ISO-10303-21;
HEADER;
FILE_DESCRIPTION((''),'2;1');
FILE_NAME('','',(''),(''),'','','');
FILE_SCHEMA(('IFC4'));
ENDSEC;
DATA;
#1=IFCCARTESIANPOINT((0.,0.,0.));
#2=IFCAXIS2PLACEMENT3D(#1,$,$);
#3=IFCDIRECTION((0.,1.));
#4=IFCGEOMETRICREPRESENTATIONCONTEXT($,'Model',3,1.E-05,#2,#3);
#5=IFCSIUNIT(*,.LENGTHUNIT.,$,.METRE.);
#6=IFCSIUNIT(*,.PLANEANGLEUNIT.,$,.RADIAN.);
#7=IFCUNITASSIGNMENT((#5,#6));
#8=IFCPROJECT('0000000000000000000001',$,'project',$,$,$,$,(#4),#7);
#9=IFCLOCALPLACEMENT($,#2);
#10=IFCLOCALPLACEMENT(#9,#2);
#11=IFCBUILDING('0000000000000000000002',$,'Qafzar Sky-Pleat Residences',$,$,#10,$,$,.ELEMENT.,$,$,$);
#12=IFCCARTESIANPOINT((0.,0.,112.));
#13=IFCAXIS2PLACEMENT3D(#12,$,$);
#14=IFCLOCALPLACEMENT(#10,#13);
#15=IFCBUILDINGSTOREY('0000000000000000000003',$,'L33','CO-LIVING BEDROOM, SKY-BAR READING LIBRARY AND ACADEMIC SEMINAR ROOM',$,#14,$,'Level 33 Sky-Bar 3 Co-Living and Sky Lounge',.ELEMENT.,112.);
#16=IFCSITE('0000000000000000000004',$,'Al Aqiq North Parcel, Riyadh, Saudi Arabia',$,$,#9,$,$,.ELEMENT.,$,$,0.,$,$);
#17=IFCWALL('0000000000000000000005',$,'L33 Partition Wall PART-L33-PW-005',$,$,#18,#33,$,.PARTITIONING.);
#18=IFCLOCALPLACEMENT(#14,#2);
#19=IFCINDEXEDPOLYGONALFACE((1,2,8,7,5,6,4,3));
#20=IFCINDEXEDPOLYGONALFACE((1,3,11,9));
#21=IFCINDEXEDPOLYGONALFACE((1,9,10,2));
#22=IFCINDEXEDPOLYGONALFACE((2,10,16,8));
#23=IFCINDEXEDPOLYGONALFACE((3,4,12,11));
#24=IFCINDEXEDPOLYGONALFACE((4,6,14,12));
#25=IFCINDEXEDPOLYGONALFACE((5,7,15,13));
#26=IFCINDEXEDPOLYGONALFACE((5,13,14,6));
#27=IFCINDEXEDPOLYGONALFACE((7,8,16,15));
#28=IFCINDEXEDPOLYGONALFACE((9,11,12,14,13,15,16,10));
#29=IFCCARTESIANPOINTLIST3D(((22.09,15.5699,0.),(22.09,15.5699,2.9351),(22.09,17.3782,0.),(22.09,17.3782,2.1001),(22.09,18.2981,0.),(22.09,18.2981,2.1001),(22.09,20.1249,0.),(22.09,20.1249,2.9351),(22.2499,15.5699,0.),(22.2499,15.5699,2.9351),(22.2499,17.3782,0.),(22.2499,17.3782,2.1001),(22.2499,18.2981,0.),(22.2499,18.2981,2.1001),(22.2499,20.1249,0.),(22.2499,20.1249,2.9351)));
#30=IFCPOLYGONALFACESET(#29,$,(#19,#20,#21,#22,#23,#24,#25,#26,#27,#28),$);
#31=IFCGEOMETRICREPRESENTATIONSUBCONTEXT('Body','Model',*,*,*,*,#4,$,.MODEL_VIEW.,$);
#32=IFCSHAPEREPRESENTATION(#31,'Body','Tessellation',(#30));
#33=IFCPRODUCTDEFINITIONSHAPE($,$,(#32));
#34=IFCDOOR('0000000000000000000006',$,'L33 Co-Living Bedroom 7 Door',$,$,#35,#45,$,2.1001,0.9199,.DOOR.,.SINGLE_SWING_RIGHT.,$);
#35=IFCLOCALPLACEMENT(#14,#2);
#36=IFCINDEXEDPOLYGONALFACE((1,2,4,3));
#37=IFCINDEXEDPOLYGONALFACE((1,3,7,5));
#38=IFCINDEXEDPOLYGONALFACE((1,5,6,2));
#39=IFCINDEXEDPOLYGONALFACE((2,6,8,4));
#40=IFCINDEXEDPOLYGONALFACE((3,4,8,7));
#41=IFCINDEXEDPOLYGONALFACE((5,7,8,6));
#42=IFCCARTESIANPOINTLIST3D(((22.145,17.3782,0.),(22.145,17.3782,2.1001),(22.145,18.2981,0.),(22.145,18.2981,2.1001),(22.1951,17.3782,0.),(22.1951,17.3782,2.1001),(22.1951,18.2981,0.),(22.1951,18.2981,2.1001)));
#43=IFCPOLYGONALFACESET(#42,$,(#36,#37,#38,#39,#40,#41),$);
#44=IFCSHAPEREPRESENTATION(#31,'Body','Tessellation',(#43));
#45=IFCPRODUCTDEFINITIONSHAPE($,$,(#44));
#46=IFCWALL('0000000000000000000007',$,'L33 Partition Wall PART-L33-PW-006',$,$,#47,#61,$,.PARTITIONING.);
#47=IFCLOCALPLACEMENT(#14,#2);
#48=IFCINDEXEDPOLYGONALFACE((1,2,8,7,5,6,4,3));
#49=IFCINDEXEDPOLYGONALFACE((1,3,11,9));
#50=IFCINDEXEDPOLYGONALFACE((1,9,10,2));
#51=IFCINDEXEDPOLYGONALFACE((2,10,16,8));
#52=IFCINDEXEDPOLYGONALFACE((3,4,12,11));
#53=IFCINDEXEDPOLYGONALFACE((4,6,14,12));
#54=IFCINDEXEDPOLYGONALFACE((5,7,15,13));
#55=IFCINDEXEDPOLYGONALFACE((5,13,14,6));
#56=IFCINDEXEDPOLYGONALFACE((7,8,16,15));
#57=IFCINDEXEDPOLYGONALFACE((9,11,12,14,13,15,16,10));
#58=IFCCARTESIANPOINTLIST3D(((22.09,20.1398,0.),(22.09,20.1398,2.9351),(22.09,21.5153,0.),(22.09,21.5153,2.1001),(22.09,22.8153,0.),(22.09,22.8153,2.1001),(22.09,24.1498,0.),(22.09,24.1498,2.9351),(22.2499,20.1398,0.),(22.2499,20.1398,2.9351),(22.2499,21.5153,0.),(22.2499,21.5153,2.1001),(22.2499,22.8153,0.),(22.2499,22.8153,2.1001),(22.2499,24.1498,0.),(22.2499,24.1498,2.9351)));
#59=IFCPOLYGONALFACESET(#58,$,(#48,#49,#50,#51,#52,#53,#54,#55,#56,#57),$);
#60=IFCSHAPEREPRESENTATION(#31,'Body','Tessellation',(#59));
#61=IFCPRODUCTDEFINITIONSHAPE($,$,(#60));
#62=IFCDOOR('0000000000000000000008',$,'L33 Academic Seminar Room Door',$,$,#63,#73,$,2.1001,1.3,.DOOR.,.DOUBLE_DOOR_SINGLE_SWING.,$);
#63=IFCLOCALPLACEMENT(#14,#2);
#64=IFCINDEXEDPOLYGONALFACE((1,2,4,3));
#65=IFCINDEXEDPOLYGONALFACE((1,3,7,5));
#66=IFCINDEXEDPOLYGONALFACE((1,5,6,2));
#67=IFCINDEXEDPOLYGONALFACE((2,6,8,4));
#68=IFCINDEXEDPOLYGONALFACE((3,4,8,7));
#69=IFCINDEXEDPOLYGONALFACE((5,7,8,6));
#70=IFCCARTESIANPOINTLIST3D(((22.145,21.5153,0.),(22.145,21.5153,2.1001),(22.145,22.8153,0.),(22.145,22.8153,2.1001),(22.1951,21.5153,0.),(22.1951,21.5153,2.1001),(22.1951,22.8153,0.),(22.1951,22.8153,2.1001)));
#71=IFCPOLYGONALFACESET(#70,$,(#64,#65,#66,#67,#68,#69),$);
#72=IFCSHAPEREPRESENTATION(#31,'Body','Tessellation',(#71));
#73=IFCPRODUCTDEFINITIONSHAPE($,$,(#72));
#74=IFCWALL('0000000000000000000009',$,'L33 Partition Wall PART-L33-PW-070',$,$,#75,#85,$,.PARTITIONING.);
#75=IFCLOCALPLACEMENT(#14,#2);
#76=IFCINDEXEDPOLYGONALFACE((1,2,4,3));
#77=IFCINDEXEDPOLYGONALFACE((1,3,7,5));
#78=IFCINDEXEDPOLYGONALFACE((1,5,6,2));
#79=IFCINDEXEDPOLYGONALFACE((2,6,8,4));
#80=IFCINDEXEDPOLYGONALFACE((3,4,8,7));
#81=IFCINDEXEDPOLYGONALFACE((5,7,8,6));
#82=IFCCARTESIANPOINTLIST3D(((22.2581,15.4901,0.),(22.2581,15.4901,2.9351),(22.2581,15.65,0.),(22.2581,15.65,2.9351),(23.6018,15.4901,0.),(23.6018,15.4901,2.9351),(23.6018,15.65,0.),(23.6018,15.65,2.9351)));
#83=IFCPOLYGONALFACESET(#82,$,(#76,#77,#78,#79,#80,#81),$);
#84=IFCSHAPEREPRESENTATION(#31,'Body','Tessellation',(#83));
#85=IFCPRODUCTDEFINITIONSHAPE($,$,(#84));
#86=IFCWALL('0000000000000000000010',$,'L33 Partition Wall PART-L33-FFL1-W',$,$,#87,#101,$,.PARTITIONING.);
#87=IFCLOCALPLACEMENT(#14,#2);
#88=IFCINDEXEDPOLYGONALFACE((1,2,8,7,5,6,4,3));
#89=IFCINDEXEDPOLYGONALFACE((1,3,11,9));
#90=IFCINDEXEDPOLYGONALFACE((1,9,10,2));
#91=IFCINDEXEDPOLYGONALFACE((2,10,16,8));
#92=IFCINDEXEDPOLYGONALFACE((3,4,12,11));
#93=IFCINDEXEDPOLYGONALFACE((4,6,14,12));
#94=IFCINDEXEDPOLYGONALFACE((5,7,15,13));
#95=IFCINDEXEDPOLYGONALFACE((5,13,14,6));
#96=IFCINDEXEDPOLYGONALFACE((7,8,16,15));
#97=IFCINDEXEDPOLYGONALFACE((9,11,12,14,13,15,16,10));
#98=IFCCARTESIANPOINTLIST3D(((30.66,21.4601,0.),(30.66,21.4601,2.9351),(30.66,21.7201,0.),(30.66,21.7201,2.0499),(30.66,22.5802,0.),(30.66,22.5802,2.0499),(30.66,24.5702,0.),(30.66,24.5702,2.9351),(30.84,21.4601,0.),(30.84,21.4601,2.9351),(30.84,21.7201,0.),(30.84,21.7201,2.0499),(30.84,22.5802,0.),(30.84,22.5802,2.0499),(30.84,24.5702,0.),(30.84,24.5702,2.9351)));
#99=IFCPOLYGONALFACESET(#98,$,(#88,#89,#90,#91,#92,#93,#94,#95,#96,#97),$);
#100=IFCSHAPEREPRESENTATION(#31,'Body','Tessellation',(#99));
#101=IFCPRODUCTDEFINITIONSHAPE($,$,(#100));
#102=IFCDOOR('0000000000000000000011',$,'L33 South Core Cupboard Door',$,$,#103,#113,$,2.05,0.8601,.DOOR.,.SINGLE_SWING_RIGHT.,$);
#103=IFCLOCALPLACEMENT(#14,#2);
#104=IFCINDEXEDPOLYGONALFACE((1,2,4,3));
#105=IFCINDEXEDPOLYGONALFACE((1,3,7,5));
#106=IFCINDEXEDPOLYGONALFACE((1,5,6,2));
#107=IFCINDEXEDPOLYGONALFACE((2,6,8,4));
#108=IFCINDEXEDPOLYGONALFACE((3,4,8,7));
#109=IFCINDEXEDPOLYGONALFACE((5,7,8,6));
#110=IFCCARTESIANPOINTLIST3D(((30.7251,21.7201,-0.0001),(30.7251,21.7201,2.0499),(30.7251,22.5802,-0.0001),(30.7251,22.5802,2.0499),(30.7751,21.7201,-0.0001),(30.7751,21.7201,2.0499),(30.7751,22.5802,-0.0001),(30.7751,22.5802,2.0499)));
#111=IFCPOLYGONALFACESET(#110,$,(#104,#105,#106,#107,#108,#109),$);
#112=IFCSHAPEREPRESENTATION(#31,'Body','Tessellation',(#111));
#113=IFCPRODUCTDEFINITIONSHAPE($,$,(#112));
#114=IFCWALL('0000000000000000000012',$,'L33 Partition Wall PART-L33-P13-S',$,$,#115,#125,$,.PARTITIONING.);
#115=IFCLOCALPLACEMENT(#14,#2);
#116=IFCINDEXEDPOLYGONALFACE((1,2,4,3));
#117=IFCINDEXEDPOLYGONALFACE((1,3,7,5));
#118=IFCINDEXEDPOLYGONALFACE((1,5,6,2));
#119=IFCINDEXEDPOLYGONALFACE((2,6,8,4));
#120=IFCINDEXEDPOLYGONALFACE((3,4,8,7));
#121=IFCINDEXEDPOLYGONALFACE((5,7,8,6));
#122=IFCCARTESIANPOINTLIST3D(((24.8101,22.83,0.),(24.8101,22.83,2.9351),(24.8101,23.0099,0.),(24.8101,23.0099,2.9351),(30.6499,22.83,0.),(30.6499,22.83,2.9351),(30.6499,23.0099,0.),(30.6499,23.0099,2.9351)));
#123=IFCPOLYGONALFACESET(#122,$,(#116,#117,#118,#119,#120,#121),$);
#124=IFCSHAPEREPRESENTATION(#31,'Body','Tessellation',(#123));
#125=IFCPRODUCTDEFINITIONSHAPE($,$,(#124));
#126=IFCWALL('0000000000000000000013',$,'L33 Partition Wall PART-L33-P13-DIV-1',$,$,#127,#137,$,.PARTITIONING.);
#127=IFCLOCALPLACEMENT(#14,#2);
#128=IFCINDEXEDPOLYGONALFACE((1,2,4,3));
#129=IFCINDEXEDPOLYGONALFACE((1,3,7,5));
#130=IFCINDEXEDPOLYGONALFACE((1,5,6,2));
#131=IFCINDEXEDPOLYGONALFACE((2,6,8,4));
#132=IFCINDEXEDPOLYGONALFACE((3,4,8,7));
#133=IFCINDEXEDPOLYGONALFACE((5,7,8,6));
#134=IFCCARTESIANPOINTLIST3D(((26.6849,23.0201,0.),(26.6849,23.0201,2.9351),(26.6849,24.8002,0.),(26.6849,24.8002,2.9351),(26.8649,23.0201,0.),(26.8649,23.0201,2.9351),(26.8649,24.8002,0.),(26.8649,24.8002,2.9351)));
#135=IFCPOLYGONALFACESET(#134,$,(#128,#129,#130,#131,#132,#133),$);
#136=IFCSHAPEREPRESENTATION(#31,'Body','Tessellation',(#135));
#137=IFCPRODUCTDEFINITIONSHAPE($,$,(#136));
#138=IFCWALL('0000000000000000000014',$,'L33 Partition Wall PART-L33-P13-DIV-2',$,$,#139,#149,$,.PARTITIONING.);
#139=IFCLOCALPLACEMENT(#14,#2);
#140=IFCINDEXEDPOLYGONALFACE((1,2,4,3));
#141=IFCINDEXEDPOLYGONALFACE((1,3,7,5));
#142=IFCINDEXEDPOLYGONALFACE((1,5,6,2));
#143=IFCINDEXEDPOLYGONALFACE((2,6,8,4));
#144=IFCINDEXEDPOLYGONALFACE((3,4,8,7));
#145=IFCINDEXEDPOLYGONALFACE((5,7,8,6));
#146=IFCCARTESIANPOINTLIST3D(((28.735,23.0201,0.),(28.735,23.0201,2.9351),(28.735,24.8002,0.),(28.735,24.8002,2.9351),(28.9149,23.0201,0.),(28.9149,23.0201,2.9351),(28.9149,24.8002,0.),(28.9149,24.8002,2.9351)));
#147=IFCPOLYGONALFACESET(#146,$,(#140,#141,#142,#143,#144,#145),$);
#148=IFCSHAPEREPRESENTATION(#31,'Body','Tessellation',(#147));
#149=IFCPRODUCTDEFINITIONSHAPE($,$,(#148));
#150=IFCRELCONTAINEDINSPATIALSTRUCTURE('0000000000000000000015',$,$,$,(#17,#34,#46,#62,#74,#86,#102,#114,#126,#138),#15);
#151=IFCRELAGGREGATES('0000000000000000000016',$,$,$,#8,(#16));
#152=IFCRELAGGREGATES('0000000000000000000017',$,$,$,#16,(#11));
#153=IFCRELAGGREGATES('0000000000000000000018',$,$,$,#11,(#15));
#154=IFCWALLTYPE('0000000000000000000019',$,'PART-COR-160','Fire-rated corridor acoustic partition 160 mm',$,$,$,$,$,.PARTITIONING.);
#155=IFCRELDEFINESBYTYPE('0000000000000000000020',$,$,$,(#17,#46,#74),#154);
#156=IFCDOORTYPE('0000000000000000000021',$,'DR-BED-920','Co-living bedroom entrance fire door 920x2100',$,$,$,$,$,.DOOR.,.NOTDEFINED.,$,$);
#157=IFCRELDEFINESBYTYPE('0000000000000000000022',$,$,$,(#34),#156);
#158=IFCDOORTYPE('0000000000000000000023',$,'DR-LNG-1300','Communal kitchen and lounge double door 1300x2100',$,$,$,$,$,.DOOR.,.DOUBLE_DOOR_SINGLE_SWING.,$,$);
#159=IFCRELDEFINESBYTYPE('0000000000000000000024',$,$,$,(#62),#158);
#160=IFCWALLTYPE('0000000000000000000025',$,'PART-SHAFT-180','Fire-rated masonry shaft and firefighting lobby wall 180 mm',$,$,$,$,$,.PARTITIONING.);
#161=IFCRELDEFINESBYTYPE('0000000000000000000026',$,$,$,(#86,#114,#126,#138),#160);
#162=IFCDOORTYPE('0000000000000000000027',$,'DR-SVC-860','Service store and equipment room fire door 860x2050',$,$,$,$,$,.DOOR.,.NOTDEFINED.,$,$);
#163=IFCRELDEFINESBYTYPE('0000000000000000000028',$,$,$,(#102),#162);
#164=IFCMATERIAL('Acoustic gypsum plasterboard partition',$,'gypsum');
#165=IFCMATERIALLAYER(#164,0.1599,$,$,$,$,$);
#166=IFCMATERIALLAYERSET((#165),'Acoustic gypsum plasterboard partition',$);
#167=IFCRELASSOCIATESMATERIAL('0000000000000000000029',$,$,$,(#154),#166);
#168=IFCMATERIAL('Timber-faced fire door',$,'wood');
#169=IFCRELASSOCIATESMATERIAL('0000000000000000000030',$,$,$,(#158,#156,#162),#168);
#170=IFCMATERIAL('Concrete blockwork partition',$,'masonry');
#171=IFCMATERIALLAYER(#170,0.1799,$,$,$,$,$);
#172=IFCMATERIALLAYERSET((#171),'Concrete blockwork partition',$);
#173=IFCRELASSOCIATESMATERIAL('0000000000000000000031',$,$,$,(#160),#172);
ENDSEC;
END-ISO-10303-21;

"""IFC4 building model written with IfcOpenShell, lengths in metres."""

from ifc_helpers import new_model, si_unit, direction, frame, frame_2d, origin, place, context, subcontext, project, spatial, rectangle, extrude, source, transform, mapped, material, layer, layer_set, type_object, element, fill, save


model = new_model("IFC4")

# Units and contexts
model_context = context("Model", 3, precision=1e-05, world=origin(), true_north=direction((0.0, 1.0)))
body_context = subcontext(model_context, "Body", "Model", "MODEL_VIEW")
ifc_project = project(units=[si_unit("LENGTHUNIT", "METRE"), si_unit("PLANEANGLEUNIT", "RADIAN")], contexts=[model_context])

# Site, building, storey
site_placement = place(None, origin())
site = spatial("IfcSite", under=ifc_project, at=site_placement, Name="Al Aqiq North Parcel, Riyadh, Saudi Arabia", CompositionType="ELEMENT", RefElevation=0.0)
building_placement = place(site_placement, origin())
building = spatial("IfcBuilding", under=site, at=building_placement, Name="Qafzar Sky-Pleat Residences", CompositionType="ELEMENT")
storey_placement = place(building_placement, frame((0.0, 0.0, 112.0)))
storey = spatial("IfcBuildingStorey", under=building, at=storey_placement, Name="L33", Description="CO-LIVING BEDROOM, SKY-BAR READING LIBRARY AND ACADEMIC SEMINAR ROOM", LongName="Level 33 Sky-Bar 3 Co-Living and Sky Lounge", CompositionType="ELEMENT", Elevation=112.0)

# Walls, openings, doors
ifc_material_1 = material(Name="Acoustic gypsum plasterboard partition", Category="gypsum")
ifc_layer_1 = layer(ifc_material_1, 0.1599)
ifc_layer_set_1 = layer_set([ifc_layer_1], Name="Acoustic gypsum plasterboard partition")
wall_type_1 = type_object("IfcWallType", Name="PART-COR-160", Description="Fire-rated corridor acoustic partition 160 mm", PredefinedType="PARTITIONING", material=ifc_layer_set_1)
ifc_material_2 = material(Name="Timber-faced fire door", Category="wood")
door_type_1 = type_object("IfcDoorType", Name="DR-LNG-1300", Description="Communal kitchen and lounge double door 1300x2100", OperationType="DOUBLE_DOOR_SINGLE_SWING", PredefinedType="DOOR", material=ifc_material_2)
shared_shape_1 = source(origin(), body_context, "Body", "SweptSolid", [
    extrude(rectangle(XDim=1.3, YDim=2.1001, at=frame_2d((0.6499, 1.05))), frame((0.0, 0.0249, 0.0), z_axis=(0.0, -1.0, 0.0), x_axis=(1.0, 0.0, 0.0)), (0.0, 0.0, 1.0), 0.05),
])
wall_1_placement = place(storey_placement, frame((22.1699, 15.5701, 0.0), z_axis=(0.0, 0.0, 1.0), x_axis=(0.0, 1.0, 0.0)))
wall_1 = element("IfcWall", 1, at=wall_1_placement, inside=storey, type_object=wall_type_1, Name="L33 Partition Wall PART-L33-PW-005", PredefinedType="PARTITIONING", context=body_context, shape_type="SweptSolid", body=[
    extrude(rectangle(XDim=4.5549, YDim=0.1599, at=frame_2d((2.2773, 0.0))), origin(), (0.0, 0.0, 1.0), 2.9351),
])
opening_1_placement = place(wall_1_placement, frame((1.8081, 0.0, 0.0)))
opening_1 = element("IfcOpeningElement", 2, at=opening_1_placement, cuts=wall_1, PredefinedType="OPENING", context=body_context, shape_type="SweptSolid", body=[
    extrude(rectangle(XDim=0.9199, YDim=2.1001, at=frame_2d((0.46, 1.05))), frame((0.0, 0.0898, 0.0), z_axis=(0.0, -1.0, 0.0), x_axis=(1.0, 0.0, 0.0)), (0.0, 0.0, 1.0), 0.1799),
])
door_type_2 = type_object("IfcDoorType", Name="DR-BED-920", Description="Co-living bedroom entrance fire door 920x2100", OperationType="NOTDEFINED", PredefinedType="DOOR", material=ifc_material_2)
shared_shape_2 = source(origin(), body_context, "Body", "SweptSolid", [
    extrude(rectangle(XDim=0.9199, YDim=2.1001, at=frame_2d((0.46, 1.05))), frame((0.0, 0.0249, 0.0), z_axis=(0.0, -1.0, 0.0), x_axis=(1.0, 0.0, 0.0)), (0.0, 0.0, 1.0), 0.05),
])
door_1_placement = place(opening_1_placement, origin())
door_1 = element("IfcDoor", 3, at=door_1_placement, inside=storey, type_object=door_type_2, Name="L33 Co-Living Bedroom 7 Door", OperationType="SINGLE_SWING_RIGHT", OverallHeight=2.1001, OverallWidth=0.9199, PredefinedType="DOOR", context=body_context, shape_type="MappedRepresentation", body=[
    mapped(shared_shape_2, transform((0.0, 0.0, 0.0), x_axis=(1.0, 0.0, 0.0), y_axis=(0.0, 1.0, 0.0), z_axis=(0.0, 0.0, 1.0), scale=1.0)),
])
fill(opening_1, door_1)
wall_2_placement = place(storey_placement, frame((22.1699, 20.1399, 0.0), z_axis=(0.0, 0.0, 1.0), x_axis=(0.0, 1.0, 0.0)))
wall_2 = element("IfcWall", 4, at=wall_2_placement, inside=storey, type_object=wall_type_1, Name="L33 Partition Wall PART-L33-PW-006", PredefinedType="PARTITIONING", context=body_context, shape_type="SweptSolid", body=[
    extrude(rectangle(XDim=4.01, YDim=0.1599, at=frame_2d((2.0049, 0.0))), origin(), (0.0, 0.0, 1.0), 2.9351),
])
opening_2_placement = place(wall_2_placement, frame((1.3755, 0.0, 0.0)))
opening_2 = element("IfcOpeningElement", 5, at=opening_2_placement, cuts=wall_2, PredefinedType="OPENING", context=body_context, shape_type="SweptSolid", body=[
    extrude(rectangle(XDim=1.3, YDim=2.1001, at=frame_2d((0.6499, 1.05))), frame((0.0, 0.0898, 0.0), z_axis=(0.0, -1.0, 0.0), x_axis=(1.0, 0.0, 0.0)), (0.0, 0.0, 1.0), 0.1799),
])
door_2_placement = place(opening_2_placement, origin())
door_2 = element("IfcDoor", 6, at=door_2_placement, inside=storey, type_object=door_type_1, Name="L33 Academic Seminar Room Door", OperationType="DOUBLE_DOOR_SINGLE_SWING", OverallHeight=2.1001, OverallWidth=1.3, PredefinedType="DOOR", context=body_context, shape_type="MappedRepresentation", body=[
    mapped(shared_shape_1, transform((0.0, 0.0, 0.0), x_axis=(1.0, 0.0, 0.0), y_axis=(0.0, 1.0, 0.0), z_axis=(0.0, 0.0, 1.0), scale=1.0)),
])
fill(opening_2, door_2)

# Wall
wall_3_placement = place(storey_placement, frame((22.2581, 15.5701, 0.0), z_axis=(0.0, 0.0, 1.0), x_axis=(1.0, 0.0, 0.0)))
element("IfcWall", 7, at=wall_3_placement, inside=storey, type_object=wall_type_1, Name="L33 Partition Wall PART-L33-PW-070", PredefinedType="PARTITIONING", context=body_context, shape_type="SweptSolid", body=[
    extrude(rectangle(XDim=1.3438, YDim=0.1599, at=frame_2d((0.6719, 0.0))), origin(), (0.0, 0.0, 1.0), 2.9351),
])

# Wall, opening, door
ifc_material_3 = material(Name="Concrete blockwork partition", Category="masonry")
ifc_layer_2 = layer(ifc_material_3, 0.1799)
ifc_layer_set_2 = layer_set([ifc_layer_2], Name="Concrete blockwork partition")
wall_type_2 = type_object("IfcWallType", Name="PART-SHAFT-180", Description="Fire-rated masonry shaft and firefighting lobby wall 180 mm", PredefinedType="PARTITIONING", material=ifc_layer_set_2)
wall_4_placement = place(storey_placement, frame((30.75, 21.46, 0.0), z_axis=(0.0, 0.0, 1.0), x_axis=(0.0, 1.0, 0.0)))
wall_4 = element("IfcWall", 8, at=wall_4_placement, inside=storey, type_object=wall_type_2, Name="L33 Partition Wall PART-L33-FFL1-W", PredefinedType="PARTITIONING", context=body_context, shape_type="SweptSolid", body=[
    extrude(rectangle(XDim=3.1101, YDim=0.1799, at=frame_2d((1.5552, 0.0))), origin(), (0.0, 0.0, 1.0), 2.9351),
])
opening_3_placement = place(wall_4_placement, frame((0.26, 0.0, 0.0)))
opening_3 = element("IfcOpeningElement", 9, at=opening_3_placement, cuts=wall_4, PredefinedType="OPENING", context=body_context, shape_type="SweptSolid", body=[
    extrude(rectangle(XDim=0.8601, YDim=2.05, at=frame_2d((0.4302, 1.0249))), frame((0.0, 0.1001, 0.0), z_axis=(0.0, -1.0, 0.0), x_axis=(1.0, 0.0, 0.0)), (0.0, 0.0, 1.0), 0.2),
])
door_type_3 = type_object("IfcDoorType", Name="DR-SVC-860", Description="Service store and equipment room fire door 860x2050", OperationType="NOTDEFINED", PredefinedType="DOOR", material=ifc_material_2)
shared_shape_3 = source(origin(), body_context, "Body", "SweptSolid", [
    extrude(rectangle(XDim=0.8601, YDim=2.05, at=frame_2d((0.4302, 1.0249))), frame((0.0, 0.0249, 0.0), z_axis=(0.0, -1.0, 0.0), x_axis=(1.0, 0.0, 0.0)), (0.0, 0.0, 1.0), 0.05),
])
door_3_placement = place(opening_3_placement, origin())
door_3 = element("IfcDoor", 10, at=door_3_placement, inside=storey, type_object=door_type_3, Name="L33 South Core Cupboard Door", OperationType="SINGLE_SWING_RIGHT", OverallHeight=2.05, OverallWidth=0.8601, PredefinedType="DOOR", context=body_context, shape_type="MappedRepresentation", body=[
    mapped(shared_shape_3, transform((0.0, 0.0, 0.0), x_axis=(1.0, 0.0, 0.0), y_axis=(0.0, 1.0, 0.0), z_axis=(0.0, 0.0, 1.0), scale=1.0)),
])
fill(opening_3, door_3)

# Walls
wall_5_placement = place(storey_placement, frame((24.8101, 22.9199, 0.0), z_axis=(0.0, 0.0, 1.0), x_axis=(1.0, 0.0, 0.0)))
element("IfcWall", 11, at=wall_5_placement, inside=storey, type_object=wall_type_2, Name="L33 Partition Wall PART-L33-P13-S", PredefinedType="PARTITIONING", context=body_context, shape_type="SweptSolid", body=[
    extrude(rectangle(XDim=5.8398, YDim=0.1799, at=frame_2d((2.9199, 0.0))), origin(), (0.0, 0.0, 1.0), 2.9351),
])
for number, where, z_axis, x_axis, name in (
    (12, (26.7749, 23.02, 0.0), (0.0, 0.0, 1.0), (0.0, 1.0, 0.0), "L33 Partition Wall PART-L33-P13-DIV-1"),
    (13, (28.825, 23.02, 0.0), (0.0, 0.0, 1.0), (0.0, 1.0, 0.0), "L33 Partition Wall PART-L33-P13-DIV-2"),
):
    element("IfcWall", number, at=place(storey_placement, frame(where, z_axis=z_axis, x_axis=x_axis)), inside=storey, type_object=wall_type_2, Name=name, PredefinedType="PARTITIONING", context=body_context, shape_type="SweptSolid", body=[
        extrude(rectangle(XDim=1.78, YDim=0.1799, at=frame_2d((0.8901, 0.0))), origin(), (0.0, 0.0, 1.0), 2.9351),
    ])

save(model, "model.ifc")
